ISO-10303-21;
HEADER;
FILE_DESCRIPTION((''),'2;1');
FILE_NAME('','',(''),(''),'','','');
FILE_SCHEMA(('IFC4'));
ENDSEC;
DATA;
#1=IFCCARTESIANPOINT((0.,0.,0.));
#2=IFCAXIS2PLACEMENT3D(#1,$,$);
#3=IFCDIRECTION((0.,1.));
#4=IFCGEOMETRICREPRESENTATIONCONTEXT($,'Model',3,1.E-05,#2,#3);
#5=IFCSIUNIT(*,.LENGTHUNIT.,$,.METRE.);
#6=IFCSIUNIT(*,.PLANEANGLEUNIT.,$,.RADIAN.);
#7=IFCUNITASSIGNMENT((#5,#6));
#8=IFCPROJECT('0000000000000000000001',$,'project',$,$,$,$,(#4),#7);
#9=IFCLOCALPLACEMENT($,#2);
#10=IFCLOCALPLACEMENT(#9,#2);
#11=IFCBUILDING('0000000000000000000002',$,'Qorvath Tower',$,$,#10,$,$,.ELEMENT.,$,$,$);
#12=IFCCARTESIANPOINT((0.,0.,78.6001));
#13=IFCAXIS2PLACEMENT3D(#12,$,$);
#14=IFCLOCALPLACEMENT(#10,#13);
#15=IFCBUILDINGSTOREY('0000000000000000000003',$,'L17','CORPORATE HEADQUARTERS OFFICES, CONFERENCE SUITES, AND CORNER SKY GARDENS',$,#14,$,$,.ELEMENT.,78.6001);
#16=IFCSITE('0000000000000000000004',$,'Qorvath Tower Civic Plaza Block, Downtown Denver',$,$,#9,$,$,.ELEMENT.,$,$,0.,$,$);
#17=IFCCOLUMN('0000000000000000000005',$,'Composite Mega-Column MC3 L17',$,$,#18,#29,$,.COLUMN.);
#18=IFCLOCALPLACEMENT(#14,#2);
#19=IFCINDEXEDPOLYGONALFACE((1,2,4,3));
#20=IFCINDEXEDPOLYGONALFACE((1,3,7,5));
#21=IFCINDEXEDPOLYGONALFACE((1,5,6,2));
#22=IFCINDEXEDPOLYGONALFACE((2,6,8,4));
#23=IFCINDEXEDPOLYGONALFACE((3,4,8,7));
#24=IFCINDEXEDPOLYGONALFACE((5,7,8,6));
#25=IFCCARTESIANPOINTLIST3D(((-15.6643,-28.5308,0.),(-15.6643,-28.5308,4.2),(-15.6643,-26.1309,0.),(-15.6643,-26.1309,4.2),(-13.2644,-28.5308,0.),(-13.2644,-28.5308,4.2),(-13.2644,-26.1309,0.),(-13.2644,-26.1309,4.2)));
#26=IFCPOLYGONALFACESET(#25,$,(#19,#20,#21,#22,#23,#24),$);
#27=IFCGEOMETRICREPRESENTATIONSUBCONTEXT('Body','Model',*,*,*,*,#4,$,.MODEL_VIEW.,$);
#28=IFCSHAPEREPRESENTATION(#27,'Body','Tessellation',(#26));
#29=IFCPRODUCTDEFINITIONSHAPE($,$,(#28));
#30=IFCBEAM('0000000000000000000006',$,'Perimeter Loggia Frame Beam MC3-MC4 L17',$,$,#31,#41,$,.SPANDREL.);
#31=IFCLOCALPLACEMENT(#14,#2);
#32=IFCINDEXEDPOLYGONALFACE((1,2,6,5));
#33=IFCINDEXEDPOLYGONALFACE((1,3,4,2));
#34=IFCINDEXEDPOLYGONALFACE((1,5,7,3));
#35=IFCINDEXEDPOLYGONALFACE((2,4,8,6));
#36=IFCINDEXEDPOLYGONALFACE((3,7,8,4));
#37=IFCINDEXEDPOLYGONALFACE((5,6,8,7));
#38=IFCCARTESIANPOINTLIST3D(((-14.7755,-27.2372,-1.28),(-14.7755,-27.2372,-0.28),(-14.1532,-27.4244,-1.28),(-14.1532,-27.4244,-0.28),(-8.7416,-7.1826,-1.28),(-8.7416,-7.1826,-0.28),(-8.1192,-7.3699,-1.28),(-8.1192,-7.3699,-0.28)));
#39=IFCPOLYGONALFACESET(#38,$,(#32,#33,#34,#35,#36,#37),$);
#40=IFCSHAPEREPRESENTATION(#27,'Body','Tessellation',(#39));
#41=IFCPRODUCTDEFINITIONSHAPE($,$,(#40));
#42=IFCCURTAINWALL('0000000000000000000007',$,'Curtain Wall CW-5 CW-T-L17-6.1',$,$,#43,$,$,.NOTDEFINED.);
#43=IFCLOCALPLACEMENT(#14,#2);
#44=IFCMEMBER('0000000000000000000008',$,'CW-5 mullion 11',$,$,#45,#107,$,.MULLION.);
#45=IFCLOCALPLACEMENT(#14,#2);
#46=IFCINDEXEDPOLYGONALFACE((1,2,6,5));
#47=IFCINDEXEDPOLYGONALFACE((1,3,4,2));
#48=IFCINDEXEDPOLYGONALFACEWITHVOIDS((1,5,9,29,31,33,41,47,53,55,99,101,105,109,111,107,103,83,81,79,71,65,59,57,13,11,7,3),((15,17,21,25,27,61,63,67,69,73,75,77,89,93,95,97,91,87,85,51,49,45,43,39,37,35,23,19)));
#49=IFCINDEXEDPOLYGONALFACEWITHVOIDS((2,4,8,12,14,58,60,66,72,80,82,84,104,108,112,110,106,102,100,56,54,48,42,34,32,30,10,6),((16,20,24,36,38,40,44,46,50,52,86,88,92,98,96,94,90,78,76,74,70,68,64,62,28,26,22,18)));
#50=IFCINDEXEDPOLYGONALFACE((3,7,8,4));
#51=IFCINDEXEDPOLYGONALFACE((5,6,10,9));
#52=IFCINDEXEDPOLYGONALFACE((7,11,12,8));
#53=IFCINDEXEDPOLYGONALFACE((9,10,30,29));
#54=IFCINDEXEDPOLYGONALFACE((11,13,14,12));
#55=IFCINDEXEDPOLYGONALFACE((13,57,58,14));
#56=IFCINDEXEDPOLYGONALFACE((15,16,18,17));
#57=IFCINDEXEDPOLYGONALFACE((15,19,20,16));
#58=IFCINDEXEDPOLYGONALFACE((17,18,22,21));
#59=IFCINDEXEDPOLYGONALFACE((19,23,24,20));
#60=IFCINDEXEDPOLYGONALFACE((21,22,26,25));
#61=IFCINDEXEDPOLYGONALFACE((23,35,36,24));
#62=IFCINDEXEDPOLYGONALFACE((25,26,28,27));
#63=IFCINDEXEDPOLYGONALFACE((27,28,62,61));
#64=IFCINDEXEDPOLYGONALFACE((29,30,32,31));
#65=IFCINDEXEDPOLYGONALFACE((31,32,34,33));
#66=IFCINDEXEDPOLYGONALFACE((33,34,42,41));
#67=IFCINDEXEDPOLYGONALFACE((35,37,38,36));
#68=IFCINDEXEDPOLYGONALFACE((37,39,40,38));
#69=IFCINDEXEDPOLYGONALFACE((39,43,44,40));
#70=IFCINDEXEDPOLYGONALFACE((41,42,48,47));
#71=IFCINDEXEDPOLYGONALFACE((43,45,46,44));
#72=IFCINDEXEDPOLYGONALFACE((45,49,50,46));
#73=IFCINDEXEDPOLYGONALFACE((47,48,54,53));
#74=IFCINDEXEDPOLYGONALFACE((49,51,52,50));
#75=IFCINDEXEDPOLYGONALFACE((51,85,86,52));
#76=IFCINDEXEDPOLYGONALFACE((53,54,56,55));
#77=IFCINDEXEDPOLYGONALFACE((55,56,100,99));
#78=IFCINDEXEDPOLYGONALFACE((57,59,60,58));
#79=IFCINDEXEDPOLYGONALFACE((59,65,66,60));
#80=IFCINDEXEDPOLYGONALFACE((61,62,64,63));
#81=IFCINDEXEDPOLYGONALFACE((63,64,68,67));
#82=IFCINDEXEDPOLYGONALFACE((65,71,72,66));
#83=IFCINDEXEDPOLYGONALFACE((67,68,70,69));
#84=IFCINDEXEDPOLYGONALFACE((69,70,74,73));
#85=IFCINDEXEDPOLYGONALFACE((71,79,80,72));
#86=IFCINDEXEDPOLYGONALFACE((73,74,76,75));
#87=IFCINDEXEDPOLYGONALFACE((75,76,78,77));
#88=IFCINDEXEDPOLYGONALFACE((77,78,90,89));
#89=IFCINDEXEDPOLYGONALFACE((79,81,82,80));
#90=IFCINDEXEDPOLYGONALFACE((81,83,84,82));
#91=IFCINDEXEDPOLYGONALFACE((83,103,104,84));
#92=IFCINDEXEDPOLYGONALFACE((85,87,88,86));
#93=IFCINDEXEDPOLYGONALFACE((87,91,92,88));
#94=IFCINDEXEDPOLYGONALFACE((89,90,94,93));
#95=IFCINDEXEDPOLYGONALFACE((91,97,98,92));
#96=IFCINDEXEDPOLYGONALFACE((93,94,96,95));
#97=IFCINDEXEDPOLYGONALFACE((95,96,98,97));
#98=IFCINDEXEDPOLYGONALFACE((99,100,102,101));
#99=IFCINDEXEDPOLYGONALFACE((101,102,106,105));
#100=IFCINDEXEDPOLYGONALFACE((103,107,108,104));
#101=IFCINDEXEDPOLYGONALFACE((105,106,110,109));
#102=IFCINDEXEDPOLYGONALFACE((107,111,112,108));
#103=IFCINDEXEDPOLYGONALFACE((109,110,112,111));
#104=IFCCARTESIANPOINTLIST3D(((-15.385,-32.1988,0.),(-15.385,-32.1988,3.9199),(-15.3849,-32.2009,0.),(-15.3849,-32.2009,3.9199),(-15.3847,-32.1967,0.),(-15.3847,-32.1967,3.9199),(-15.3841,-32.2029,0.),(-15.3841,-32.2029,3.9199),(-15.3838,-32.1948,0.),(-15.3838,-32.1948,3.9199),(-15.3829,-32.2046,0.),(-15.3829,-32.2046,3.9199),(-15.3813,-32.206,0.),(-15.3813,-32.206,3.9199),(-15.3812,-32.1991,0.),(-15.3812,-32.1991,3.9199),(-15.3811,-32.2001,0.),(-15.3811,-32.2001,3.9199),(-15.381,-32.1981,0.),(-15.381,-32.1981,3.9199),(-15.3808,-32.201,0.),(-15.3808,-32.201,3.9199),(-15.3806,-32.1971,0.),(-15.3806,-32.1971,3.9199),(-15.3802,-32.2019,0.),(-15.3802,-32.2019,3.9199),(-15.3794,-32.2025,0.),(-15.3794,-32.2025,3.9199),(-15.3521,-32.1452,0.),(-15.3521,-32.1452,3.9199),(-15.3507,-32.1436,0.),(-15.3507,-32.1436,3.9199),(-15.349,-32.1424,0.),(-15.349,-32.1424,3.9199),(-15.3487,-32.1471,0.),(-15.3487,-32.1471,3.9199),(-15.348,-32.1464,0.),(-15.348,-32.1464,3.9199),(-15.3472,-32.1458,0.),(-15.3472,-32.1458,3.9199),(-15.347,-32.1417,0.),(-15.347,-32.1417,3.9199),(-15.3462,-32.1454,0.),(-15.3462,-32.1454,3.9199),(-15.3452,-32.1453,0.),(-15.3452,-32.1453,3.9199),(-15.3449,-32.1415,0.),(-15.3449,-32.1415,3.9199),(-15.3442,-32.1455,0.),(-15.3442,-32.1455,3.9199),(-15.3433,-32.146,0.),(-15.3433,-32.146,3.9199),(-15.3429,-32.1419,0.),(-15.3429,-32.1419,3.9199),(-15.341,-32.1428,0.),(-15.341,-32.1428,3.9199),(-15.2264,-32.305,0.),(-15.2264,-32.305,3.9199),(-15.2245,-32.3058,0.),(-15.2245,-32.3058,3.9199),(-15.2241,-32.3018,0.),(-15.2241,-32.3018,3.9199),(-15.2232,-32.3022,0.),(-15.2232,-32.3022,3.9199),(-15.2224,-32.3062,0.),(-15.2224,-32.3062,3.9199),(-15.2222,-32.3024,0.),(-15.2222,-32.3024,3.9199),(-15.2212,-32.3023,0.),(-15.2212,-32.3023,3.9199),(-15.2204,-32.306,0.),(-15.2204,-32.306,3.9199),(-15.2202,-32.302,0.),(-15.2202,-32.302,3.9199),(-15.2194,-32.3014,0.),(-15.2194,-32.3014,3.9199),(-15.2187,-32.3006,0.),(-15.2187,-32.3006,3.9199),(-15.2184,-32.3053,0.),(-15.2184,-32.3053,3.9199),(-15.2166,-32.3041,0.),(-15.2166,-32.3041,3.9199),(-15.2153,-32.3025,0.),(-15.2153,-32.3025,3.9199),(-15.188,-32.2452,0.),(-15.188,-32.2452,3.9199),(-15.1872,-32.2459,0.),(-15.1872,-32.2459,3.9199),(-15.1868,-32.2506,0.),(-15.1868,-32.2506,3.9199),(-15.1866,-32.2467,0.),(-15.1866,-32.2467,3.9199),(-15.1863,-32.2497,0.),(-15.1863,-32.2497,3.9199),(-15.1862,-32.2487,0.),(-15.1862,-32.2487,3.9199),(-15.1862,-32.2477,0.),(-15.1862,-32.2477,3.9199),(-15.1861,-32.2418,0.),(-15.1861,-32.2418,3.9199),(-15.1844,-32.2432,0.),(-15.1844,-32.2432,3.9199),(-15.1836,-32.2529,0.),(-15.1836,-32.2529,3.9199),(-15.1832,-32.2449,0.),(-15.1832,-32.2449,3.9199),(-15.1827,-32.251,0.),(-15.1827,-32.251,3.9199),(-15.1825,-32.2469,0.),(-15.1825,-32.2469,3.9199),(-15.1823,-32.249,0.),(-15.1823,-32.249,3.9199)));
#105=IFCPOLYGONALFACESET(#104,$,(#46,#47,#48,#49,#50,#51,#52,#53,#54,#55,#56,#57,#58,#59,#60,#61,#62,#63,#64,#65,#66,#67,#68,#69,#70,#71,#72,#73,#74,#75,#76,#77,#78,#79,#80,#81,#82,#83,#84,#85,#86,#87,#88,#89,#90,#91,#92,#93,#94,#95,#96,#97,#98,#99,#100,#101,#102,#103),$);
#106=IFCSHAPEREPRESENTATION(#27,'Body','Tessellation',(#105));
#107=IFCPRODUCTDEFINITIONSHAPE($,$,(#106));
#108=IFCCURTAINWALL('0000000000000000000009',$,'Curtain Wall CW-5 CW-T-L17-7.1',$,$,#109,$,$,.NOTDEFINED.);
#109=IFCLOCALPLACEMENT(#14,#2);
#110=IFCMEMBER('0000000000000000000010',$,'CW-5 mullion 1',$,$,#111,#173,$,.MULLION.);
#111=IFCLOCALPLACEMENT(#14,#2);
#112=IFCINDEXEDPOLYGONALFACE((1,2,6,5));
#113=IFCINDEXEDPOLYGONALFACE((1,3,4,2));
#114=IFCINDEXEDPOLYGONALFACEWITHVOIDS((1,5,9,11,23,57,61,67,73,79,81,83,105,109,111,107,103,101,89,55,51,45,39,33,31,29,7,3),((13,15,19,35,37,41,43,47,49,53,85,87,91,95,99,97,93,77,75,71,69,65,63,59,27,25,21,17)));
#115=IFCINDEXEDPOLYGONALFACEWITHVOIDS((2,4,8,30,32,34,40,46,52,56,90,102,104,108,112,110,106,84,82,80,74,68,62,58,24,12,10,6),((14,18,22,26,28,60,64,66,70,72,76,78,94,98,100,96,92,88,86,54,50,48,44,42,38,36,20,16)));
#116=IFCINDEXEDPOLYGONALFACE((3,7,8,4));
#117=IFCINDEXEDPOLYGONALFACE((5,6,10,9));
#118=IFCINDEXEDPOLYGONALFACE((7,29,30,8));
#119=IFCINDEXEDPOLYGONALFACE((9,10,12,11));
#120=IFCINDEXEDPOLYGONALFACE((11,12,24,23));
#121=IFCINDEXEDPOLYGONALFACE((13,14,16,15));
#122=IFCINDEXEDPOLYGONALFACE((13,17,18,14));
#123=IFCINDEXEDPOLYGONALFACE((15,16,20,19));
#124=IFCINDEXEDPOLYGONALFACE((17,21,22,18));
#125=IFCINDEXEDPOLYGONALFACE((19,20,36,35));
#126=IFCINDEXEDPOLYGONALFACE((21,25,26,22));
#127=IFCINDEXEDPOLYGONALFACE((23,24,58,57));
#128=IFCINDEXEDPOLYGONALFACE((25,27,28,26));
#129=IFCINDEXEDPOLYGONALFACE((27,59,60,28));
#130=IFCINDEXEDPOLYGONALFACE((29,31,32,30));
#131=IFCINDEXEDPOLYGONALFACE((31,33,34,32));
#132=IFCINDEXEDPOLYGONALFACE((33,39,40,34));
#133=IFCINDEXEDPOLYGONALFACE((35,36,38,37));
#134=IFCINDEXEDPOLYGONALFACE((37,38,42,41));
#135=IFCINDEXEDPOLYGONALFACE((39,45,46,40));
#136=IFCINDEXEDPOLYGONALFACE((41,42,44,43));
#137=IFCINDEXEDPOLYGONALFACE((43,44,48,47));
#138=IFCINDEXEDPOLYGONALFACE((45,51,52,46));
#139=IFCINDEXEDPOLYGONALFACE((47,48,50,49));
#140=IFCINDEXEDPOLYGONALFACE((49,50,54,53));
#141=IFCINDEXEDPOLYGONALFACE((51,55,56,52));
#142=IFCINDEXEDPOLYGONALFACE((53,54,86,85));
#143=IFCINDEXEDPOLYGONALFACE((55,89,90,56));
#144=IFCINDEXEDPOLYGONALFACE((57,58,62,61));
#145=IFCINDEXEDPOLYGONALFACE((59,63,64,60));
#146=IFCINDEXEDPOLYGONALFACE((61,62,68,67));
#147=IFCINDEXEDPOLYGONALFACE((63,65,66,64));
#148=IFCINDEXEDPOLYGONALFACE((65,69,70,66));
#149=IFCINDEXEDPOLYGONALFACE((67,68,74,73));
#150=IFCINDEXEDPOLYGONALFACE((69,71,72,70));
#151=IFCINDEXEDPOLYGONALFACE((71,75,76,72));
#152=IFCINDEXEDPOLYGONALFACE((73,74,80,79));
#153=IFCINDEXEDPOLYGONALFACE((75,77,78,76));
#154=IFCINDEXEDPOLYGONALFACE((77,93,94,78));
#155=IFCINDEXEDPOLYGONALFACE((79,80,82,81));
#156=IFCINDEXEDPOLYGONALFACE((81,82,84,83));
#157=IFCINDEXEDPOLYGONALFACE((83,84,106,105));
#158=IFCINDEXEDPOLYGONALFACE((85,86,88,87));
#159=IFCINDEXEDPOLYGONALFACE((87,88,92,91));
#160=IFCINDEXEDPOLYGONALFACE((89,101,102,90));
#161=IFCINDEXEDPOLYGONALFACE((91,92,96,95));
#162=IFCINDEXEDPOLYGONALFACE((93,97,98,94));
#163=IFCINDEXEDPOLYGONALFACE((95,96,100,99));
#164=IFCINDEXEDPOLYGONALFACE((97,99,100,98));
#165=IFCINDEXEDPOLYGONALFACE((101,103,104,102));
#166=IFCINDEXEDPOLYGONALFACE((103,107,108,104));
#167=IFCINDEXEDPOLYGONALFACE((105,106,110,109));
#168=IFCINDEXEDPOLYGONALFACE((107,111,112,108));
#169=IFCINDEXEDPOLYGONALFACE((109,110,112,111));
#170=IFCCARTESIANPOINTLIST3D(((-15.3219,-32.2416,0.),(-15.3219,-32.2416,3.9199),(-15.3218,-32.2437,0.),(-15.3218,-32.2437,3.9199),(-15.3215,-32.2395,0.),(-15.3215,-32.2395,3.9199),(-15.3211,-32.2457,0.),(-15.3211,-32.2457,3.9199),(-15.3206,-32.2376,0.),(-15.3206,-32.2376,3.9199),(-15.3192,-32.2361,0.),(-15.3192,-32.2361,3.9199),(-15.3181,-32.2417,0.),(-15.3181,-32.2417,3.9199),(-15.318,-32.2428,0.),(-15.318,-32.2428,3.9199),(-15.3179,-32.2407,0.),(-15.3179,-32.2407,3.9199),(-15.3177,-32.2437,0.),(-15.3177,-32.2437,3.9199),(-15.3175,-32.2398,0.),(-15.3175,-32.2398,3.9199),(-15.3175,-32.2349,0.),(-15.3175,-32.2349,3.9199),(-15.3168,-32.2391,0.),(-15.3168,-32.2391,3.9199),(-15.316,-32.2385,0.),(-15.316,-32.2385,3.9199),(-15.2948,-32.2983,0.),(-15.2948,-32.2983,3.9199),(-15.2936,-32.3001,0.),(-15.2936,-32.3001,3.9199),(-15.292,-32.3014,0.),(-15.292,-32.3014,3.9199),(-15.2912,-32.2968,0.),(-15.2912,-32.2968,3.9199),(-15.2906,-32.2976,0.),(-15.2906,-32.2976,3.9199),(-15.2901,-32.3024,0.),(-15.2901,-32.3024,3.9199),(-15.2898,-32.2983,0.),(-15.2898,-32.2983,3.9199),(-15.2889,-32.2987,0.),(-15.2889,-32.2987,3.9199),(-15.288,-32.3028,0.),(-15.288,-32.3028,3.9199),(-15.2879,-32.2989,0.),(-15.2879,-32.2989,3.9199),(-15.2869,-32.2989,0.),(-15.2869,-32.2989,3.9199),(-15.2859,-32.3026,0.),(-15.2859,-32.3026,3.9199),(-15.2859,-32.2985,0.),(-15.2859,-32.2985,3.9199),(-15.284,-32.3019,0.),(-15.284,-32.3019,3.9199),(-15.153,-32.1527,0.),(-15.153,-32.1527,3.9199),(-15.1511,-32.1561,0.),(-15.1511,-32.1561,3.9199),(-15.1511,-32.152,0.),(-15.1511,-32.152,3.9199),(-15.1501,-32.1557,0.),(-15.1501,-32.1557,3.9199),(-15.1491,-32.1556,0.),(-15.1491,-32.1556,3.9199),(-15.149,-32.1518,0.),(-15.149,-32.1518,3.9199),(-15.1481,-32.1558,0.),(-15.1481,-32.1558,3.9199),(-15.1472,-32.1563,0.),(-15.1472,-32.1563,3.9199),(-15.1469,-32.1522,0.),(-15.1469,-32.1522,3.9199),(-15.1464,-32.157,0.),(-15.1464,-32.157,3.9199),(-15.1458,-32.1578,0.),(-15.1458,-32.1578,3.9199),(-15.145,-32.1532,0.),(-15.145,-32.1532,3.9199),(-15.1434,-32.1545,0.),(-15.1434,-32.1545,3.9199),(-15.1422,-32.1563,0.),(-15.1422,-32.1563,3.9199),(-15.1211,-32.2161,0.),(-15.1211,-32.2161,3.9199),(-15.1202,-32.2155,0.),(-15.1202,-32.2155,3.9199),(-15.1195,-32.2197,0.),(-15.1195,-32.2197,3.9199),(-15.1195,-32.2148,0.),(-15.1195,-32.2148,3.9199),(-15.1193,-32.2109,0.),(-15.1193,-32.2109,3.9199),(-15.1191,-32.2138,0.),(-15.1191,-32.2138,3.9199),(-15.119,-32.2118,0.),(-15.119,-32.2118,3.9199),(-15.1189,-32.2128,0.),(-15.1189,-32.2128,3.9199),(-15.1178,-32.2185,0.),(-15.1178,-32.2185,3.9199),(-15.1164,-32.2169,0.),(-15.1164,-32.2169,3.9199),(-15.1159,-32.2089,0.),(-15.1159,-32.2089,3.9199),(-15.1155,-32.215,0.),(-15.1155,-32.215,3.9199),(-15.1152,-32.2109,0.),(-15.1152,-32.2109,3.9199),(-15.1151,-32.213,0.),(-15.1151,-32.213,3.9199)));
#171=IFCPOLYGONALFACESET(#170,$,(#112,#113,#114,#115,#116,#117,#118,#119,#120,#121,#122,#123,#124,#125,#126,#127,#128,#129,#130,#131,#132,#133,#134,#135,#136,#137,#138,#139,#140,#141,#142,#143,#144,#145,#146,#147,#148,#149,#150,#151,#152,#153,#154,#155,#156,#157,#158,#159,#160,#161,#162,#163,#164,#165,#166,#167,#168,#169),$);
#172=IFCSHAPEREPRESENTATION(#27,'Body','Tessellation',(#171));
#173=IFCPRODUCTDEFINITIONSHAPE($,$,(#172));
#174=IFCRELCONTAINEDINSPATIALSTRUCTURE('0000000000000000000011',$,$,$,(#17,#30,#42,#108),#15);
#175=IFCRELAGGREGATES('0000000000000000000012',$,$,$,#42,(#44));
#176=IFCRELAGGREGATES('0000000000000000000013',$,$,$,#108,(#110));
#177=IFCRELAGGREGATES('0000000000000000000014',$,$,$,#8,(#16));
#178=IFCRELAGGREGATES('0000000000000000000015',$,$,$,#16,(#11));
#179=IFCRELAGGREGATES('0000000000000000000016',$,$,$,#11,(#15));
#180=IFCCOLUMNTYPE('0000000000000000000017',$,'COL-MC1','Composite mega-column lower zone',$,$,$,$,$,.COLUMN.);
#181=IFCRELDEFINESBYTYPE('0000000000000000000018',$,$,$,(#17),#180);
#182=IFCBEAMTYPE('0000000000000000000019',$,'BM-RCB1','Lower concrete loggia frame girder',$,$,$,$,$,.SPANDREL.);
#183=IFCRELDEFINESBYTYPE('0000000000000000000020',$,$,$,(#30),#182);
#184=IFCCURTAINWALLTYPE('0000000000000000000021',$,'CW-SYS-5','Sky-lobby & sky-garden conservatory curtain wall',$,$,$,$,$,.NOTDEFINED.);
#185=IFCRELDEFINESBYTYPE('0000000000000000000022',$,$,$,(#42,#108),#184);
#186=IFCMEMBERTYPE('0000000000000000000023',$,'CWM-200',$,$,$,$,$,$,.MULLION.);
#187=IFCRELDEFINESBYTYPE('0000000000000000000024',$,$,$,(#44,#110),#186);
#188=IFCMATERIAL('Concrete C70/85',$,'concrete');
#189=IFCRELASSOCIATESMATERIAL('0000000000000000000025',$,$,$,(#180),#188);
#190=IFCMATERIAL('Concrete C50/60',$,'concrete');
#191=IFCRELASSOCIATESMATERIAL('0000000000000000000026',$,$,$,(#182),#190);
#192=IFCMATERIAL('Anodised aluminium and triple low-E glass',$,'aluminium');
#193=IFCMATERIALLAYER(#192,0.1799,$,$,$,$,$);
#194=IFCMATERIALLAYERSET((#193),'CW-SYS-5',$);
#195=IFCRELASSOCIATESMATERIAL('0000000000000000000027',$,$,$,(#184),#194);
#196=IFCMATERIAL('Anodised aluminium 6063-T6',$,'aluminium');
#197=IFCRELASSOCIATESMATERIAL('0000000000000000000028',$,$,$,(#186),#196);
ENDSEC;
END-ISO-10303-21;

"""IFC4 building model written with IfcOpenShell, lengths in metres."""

from ifc_helpers import new_model, si_unit, direction, frame, origin, origin_2d, place, context, subcontext, project, spatial, rectangle, hollow_rectangle, extrude, material, layer, layer_set, material_profile, profile_set, type_object, element, aggregate, save


model = new_model("IFC4")

# Units and contexts
model_context = context("Model", 3, precision=1e-05, world=origin(), true_north=direction((0.0, 1.0)))
body_context = subcontext(model_context, "Body", "Model", "MODEL_VIEW")
ifc_project = project(units=[si_unit("LENGTHUNIT", "METRE"), si_unit("PLANEANGLEUNIT", "RADIAN")], contexts=[model_context])

# Site, building, storey
site_placement = place(None, origin())
site = spatial("IfcSite", under=ifc_project, at=site_placement, Name="Qorvath Tower Civic Plaza Block, Downtown Denver", CompositionType="ELEMENT", RefElevation=0.0)
building_placement = place(site_placement, origin())
building = spatial("IfcBuilding", under=site, at=building_placement, Name="Qorvath Tower", CompositionType="ELEMENT")
storey_placement = place(building_placement, frame((0.0, 0.0, 78.6001)))
storey = spatial("IfcBuildingStorey", under=building, at=storey_placement, Name="L17", Description="CORPORATE HEADQUARTERS OFFICES, CONFERENCE SUITES, AND CORNER SKY GARDENS", CompositionType="ELEMENT", Elevation=78.6001)

# Column
ifc_material_1 = material(Name="Concrete C70/85", Category="concrete")
ifc_material_profile_1 = material_profile(ifc_material_1, rectangle(XDim=2.3999, YDim=2.3999, at=origin_2d()), Name="MC 2400x2400")
ifc_profile_set_1 = profile_set([ifc_material_profile_1], Name="Concrete C70/85")
column_type = type_object("IfcColumnType", Name="COL-MC1", Description="Composite mega-column lower zone", PredefinedType="COLUMN", material=ifc_profile_set_1)
column_placement = place(storey_placement, frame((-14.4644, -27.3308, 0.0), z_axis=(0.0, 0.0, 1.0), x_axis=(1.0, 0.0, 0.0)))
element("IfcColumn", 1, at=column_placement, inside=storey, type_object=column_type, Name="Composite Mega-Column MC3 L17", PredefinedType="COLUMN", context=body_context, shape_type="SweptSolid", body=[
    extrude(rectangle(XDim=2.3999, YDim=2.3999, at=origin_2d()), origin(), (0.0, 0.0, 1.0), 4.2),
])

# Beam
ifc_material_2 = material(Name="Concrete C50/60", Category="concrete")
ifc_material_profile_2 = material_profile(ifc_material_2, rectangle(XDim=0.6499, YDim=1.0, at=origin_2d()), Name="RCB 1000x650")
ifc_profile_set_2 = profile_set([ifc_material_profile_2], Name="Concrete C50/60")
beam_type = type_object("IfcBeamType", Name="BM-RCB1", Description="Lower concrete loggia frame girder", PredefinedType="SPANDREL", material=ifc_profile_set_2)
beam_placement = place(storey_placement, frame((-14.4644, -27.3308, -0.78), z_axis=(0.288119, 0.957595, 0.0), x_axis=(-0.957595, 0.288119, 0.0)))
element("IfcBeam", 2, at=beam_placement, inside=storey, type_object=beam_type, Name="Perimeter Loggia Frame Beam MC3-MC4 L17", PredefinedType="SPANDREL", context=body_context, shape_type="SweptSolid", body=[
    extrude(rectangle(XDim=0.6499, YDim=1.0, at=origin_2d()), origin(), (0.0, 0.0, 1.0), 20.9426),
])

# Curtain wall, member
ifc_material_3 = material(Name="Anodised aluminium and triple low-E glass", Category="aluminium")
ifc_layer_1 = layer(ifc_material_3, 0.1799)
ifc_layer_set_1 = layer_set([ifc_layer_1], Name="CW-SYS-5")
curtain_wall_type = type_object("IfcCurtainWallType", Name="CW-SYS-5", Description="Sky-lobby & sky-garden conservatory curtain wall", PredefinedType="NOTDEFINED", material=ifc_layer_set_1)
curtain_wall_1_placement = place(storey_placement, origin())
curtain_wall_1 = element("IfcCurtainWall", 3, at=curtain_wall_1_placement, inside=storey, type_object=curtain_wall_type, Name="Curtain Wall CW-5 CW-T-L17-6.1", PredefinedType="NOTDEFINED")
ifc_material_4 = material(Name="Anodised aluminium 6063-T6", Category="aluminium")
ifc_material_profile_3 = material_profile(ifc_material_4, hollow_rectangle(XDim=0.075, YDim=0.2, WallThickness=0.0039, InnerFilletRadius=0.0039, OuterFilletRadius=0.0081, at=origin_2d()), Name="CWM 200x75")
ifc_profile_set_3 = profile_set([ifc_material_profile_3], Name="Anodised aluminium 6063-T6")
member_type_1 = type_object("IfcMemberType", Name="CWM-200", PredefinedType="MULLION", material=ifc_profile_set_3)
member_1_placement = place(storey_placement, frame((-15.2837, -32.2239, 0.0), z_axis=(0.0, 0.0, 1.0), x_axis=(0.538533, 0.842604, 0.0)))
member_1 = element("IfcMember", 4, at=member_1_placement, type_object=member_type_1, Name="CW-5 mullion 11", PredefinedType="MULLION", context=body_context, shape_type="SweptSolid", body=[
    extrude(hollow_rectangle(XDim=0.075, YDim=0.2, WallThickness=0.0039, InnerFilletRadius=0.0039, OuterFilletRadius=0.0081, at=origin_2d()), origin(), (0.0, 0.0, 1.0), 3.9199),
])

# Curtain wall, member
curtain_wall_2_placement = place(storey_placement, origin())
curtain_wall_2 = element("IfcCurtainWall", 5, at=curtain_wall_2_placement, inside=storey, type_object=curtain_wall_type, Name="Curtain Wall CW-5 CW-T-L17-7.1", PredefinedType="NOTDEFINED")
member_2_placement = place(storey_placement, frame((-15.2185, -32.2273, 0.0), z_axis=(0.0, 0.0, 1.0), x_axis=(-0.447206, 0.894431, 0.0)))
member_2 = element("IfcMember", 6, at=member_2_placement, type_object=member_type_1, Name="CW-5 mullion 1", PredefinedType="MULLION", context=body_context, shape_type="SweptSolid", body=[
    extrude(hollow_rectangle(XDim=0.075, YDim=0.2, WallThickness=0.0039, InnerFilletRadius=0.0039, OuterFilletRadius=0.0081, at=origin_2d()), origin(), (0.0, 0.0, 1.0), 3.9199),
])

aggregate(curtain_wall_1, [member_1])
aggregate(curtain_wall_2, [member_2])

save(model, "model.ifc")
